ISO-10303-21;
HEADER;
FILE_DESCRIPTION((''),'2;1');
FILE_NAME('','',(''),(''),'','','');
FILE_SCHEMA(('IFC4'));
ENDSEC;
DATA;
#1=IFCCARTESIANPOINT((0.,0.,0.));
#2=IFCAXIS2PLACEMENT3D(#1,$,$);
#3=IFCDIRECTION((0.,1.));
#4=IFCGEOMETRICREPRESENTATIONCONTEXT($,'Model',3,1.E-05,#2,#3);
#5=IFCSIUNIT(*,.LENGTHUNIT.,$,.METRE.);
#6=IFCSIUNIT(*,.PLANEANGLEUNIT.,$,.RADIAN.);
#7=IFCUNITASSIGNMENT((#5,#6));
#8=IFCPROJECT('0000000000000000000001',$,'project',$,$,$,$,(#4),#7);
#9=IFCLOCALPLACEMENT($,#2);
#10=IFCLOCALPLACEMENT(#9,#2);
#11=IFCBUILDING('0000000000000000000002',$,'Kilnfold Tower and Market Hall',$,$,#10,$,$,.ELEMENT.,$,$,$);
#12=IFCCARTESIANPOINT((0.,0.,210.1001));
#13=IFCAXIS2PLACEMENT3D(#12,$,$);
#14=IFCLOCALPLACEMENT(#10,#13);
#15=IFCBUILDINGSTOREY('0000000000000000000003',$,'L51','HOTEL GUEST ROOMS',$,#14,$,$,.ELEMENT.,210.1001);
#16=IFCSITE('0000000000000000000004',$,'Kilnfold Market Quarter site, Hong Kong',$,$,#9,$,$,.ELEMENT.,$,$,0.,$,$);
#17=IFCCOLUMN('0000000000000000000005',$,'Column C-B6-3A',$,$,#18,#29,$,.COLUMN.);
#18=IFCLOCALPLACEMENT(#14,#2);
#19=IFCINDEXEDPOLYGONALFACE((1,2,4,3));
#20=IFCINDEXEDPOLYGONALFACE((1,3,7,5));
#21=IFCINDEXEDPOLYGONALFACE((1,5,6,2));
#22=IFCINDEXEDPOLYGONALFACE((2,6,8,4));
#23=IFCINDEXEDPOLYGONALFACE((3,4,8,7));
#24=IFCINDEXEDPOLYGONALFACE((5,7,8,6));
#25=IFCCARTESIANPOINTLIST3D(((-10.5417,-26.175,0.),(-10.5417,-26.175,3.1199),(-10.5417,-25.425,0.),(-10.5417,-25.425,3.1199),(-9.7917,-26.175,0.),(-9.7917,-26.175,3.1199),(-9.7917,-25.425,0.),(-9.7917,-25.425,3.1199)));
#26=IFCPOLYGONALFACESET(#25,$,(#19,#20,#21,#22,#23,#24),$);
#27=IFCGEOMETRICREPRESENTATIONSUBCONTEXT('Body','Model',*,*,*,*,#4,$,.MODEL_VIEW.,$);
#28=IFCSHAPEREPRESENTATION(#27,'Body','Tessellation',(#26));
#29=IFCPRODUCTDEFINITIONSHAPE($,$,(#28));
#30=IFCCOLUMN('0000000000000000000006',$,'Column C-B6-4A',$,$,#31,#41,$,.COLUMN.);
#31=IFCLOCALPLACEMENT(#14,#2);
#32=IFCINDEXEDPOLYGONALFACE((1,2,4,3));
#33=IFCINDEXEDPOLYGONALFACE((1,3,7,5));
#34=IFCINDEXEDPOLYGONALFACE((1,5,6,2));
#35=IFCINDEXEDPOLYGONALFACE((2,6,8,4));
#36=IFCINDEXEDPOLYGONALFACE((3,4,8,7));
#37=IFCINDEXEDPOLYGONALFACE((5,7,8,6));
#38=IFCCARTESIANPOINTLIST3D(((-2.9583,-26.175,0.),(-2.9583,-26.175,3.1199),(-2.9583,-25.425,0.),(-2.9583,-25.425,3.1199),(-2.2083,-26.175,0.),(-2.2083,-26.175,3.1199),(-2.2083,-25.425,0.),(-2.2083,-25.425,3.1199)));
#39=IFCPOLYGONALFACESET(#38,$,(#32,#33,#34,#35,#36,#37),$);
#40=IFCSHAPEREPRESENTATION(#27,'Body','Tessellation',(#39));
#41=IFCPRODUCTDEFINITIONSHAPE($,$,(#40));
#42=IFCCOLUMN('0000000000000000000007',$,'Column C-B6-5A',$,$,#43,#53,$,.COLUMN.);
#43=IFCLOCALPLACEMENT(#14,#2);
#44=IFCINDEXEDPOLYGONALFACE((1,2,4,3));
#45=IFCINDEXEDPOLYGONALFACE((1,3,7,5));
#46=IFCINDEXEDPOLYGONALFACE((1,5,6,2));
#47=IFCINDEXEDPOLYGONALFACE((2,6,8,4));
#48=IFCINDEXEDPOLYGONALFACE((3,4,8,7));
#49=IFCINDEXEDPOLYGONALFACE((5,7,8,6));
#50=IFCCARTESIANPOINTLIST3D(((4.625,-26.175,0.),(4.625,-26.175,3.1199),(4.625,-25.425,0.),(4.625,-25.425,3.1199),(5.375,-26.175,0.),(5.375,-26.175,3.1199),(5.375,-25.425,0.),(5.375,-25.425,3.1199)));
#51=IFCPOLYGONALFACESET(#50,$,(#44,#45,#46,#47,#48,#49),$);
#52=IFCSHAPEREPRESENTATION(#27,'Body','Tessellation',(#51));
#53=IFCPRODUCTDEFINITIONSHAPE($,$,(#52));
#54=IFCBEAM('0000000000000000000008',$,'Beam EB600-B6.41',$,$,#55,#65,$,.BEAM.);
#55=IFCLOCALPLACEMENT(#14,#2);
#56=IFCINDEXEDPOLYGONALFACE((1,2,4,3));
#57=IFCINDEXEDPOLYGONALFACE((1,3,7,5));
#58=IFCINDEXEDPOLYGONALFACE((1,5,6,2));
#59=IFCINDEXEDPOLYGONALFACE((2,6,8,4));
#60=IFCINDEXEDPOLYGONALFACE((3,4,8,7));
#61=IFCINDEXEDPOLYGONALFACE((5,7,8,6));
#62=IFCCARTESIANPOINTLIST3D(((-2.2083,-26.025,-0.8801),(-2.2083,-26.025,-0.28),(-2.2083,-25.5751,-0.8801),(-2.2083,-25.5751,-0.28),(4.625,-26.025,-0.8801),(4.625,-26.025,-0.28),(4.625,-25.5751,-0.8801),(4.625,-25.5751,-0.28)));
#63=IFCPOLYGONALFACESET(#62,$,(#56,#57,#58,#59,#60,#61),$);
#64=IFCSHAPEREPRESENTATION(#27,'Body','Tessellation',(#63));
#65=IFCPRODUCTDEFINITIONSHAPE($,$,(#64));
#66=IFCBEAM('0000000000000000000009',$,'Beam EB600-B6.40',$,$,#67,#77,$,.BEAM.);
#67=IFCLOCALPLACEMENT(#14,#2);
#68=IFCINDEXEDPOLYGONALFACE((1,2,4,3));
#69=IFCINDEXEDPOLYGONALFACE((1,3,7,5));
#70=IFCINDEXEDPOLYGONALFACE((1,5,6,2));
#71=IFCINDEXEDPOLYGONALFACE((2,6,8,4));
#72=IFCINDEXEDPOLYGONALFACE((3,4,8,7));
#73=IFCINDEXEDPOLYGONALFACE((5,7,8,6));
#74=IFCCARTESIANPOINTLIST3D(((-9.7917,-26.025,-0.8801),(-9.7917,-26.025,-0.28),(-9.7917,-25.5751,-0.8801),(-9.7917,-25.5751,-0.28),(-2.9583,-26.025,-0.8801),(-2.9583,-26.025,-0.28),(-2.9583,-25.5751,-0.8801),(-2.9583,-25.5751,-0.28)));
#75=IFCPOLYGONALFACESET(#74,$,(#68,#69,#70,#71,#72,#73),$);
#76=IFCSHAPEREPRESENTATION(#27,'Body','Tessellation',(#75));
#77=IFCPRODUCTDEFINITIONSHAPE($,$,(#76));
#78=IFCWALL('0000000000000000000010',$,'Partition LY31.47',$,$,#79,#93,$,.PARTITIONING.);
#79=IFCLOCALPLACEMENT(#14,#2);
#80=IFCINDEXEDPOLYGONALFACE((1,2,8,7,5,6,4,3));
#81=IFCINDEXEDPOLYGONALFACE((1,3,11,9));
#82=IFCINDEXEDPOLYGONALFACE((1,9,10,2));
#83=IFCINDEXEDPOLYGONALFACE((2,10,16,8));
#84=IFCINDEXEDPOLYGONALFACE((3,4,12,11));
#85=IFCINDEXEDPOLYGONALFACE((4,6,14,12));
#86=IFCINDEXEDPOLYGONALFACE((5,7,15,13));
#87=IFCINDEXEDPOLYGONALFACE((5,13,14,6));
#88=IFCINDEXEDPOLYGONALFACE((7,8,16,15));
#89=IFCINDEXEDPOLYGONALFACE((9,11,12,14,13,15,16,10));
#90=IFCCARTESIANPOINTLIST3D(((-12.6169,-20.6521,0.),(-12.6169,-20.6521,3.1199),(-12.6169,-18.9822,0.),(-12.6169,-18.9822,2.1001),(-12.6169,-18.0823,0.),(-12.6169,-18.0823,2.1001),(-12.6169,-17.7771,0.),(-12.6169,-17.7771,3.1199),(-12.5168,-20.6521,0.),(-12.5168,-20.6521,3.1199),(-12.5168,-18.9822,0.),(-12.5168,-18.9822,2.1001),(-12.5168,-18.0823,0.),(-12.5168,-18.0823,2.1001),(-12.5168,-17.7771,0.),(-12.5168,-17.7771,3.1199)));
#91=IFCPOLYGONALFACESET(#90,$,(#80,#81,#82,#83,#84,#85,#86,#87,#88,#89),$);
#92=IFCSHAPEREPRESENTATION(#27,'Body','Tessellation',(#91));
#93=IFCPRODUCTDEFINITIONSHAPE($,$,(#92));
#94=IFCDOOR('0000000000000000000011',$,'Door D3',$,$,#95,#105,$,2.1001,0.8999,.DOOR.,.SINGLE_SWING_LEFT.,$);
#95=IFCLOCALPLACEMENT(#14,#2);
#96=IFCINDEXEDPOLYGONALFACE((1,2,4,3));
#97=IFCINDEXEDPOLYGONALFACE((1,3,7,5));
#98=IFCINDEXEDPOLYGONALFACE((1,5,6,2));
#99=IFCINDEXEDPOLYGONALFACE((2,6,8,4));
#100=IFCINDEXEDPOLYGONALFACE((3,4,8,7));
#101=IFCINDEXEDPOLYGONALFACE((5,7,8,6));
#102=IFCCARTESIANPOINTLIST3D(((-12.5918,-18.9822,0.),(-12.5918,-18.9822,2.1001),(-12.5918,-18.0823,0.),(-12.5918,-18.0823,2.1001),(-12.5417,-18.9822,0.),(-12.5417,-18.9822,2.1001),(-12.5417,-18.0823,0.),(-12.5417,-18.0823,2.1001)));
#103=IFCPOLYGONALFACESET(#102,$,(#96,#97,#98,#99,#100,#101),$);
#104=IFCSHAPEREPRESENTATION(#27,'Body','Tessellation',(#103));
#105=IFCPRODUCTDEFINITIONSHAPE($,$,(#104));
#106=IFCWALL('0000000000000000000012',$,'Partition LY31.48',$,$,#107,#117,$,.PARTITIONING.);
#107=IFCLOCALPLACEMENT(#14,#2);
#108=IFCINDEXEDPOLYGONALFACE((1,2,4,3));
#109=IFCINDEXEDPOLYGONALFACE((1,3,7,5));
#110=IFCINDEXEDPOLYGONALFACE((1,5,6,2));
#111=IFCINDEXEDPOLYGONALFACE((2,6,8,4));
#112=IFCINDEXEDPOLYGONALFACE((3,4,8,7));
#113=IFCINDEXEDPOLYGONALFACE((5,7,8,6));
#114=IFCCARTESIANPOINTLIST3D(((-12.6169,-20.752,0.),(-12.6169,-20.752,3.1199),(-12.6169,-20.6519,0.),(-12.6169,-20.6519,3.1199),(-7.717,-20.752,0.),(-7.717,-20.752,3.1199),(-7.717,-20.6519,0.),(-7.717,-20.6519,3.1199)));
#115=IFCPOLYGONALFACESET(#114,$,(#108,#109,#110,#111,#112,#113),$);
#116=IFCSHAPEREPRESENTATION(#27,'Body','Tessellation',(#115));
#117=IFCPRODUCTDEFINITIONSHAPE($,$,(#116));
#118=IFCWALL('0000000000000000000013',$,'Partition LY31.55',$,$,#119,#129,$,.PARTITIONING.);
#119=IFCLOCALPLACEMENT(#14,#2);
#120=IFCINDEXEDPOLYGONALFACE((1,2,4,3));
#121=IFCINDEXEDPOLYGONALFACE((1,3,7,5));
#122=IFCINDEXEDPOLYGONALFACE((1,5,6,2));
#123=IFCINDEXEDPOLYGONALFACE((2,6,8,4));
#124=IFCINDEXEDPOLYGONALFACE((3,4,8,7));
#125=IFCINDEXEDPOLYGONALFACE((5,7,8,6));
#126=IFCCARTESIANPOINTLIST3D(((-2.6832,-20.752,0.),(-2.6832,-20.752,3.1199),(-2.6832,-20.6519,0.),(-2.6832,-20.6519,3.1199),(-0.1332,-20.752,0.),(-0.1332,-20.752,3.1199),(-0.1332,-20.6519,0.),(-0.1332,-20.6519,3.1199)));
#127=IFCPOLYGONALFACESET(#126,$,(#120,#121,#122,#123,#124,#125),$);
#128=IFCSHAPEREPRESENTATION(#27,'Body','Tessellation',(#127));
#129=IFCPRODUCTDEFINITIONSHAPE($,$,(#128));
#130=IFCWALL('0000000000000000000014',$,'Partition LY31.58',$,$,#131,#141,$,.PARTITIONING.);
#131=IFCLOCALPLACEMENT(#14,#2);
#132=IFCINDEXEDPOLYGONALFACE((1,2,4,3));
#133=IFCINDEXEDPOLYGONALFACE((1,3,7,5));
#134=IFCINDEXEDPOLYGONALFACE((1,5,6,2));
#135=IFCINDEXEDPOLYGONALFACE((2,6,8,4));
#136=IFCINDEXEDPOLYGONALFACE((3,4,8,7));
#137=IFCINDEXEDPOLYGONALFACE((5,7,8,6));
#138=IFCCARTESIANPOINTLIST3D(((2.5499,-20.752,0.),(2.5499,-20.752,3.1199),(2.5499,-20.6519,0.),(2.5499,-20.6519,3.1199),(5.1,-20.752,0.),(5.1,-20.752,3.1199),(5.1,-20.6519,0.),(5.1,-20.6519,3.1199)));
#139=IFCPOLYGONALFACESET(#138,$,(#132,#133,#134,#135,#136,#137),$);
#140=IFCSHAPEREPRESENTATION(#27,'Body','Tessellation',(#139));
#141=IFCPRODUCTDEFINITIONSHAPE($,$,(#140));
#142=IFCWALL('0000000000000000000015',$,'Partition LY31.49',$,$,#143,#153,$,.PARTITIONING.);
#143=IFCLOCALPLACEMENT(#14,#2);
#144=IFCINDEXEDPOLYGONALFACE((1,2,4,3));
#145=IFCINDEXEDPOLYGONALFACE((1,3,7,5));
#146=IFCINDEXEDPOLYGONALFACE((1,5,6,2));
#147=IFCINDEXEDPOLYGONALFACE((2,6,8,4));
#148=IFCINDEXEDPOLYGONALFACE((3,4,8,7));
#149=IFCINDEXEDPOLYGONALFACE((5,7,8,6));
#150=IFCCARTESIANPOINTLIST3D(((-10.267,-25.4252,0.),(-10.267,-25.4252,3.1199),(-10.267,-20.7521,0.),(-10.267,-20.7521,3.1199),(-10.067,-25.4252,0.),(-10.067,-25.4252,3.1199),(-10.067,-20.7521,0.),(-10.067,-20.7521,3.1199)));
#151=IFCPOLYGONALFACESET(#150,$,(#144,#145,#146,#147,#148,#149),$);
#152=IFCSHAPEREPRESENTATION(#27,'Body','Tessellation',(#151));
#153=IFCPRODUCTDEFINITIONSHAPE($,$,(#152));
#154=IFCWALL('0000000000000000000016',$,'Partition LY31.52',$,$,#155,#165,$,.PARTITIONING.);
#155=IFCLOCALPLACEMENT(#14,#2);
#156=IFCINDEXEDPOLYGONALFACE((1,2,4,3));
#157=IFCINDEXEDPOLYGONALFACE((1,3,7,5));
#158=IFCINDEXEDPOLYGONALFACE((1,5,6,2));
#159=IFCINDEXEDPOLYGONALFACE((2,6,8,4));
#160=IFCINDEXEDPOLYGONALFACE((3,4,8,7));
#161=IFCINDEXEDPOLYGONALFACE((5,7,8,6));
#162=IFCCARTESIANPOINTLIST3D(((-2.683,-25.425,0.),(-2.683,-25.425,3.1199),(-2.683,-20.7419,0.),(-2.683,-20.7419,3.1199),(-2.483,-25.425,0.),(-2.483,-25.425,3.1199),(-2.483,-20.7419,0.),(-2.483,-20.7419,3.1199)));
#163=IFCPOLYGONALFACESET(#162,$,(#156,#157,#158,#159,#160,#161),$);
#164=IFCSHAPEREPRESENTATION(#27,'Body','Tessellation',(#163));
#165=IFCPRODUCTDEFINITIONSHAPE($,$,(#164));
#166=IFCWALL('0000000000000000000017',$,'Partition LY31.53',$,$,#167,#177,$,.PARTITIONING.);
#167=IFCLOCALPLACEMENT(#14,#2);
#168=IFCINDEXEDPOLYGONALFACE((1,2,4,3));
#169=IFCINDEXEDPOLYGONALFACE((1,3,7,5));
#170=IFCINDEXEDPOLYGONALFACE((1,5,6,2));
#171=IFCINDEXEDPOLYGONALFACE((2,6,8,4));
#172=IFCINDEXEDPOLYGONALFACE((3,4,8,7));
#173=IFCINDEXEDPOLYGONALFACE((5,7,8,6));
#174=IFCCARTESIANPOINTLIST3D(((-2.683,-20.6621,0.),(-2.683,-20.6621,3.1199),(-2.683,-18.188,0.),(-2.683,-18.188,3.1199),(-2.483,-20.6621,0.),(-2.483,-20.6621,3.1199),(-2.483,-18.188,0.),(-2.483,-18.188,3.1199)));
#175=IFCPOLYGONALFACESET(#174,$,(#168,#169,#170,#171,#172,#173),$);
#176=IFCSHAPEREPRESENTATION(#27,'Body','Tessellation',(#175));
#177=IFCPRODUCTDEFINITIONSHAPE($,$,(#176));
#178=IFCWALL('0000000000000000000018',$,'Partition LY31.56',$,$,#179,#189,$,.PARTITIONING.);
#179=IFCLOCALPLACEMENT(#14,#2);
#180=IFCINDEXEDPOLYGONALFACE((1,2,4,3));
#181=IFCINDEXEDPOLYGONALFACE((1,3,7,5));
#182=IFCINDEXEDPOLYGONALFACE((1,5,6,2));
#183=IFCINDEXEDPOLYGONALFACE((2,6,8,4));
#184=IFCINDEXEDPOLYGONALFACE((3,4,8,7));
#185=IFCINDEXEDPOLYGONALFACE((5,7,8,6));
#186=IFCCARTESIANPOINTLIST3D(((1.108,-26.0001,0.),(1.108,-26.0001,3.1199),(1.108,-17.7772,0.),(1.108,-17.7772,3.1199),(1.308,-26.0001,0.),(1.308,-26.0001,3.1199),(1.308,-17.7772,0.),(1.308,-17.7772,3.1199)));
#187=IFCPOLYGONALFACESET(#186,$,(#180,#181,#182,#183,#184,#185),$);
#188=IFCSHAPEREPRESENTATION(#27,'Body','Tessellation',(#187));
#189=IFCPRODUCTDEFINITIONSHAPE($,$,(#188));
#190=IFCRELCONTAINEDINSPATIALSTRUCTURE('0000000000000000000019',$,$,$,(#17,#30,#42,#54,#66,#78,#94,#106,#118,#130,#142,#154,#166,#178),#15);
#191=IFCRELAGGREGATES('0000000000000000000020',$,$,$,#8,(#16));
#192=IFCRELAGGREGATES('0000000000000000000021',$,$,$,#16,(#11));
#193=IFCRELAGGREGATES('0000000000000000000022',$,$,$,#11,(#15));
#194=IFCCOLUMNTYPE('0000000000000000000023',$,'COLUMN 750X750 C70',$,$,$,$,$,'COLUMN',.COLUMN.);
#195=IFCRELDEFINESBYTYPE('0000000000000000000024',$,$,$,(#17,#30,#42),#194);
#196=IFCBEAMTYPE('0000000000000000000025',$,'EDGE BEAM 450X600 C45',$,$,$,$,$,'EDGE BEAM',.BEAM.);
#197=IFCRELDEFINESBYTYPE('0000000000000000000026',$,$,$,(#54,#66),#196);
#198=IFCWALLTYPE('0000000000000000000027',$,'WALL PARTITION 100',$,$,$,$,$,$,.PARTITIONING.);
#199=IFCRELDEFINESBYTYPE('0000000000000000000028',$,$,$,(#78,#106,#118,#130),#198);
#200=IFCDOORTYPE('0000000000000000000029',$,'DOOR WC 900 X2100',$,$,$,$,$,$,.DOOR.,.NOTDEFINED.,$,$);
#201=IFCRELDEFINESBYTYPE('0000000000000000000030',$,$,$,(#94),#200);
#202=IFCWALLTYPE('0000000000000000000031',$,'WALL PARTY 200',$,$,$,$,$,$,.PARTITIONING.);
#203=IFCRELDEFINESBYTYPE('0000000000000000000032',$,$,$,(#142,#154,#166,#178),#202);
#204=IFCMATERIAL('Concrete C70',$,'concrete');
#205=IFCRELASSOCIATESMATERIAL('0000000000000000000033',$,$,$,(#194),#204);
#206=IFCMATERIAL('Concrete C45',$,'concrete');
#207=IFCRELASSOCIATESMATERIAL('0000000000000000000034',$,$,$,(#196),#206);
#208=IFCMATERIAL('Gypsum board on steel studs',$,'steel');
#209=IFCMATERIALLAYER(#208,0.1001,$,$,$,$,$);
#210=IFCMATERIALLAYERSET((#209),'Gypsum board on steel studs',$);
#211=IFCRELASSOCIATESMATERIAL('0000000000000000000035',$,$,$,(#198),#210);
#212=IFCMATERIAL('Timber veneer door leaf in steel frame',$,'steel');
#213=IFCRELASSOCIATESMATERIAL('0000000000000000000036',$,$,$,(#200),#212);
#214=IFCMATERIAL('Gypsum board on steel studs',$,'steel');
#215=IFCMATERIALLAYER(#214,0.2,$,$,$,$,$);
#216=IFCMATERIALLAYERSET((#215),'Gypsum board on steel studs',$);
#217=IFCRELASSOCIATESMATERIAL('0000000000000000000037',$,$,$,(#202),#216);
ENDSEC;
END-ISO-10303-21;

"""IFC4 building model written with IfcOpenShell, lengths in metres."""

from ifc_helpers import new_model, si_unit, direction, frame, frame_2d, origin, origin_2d, place, context, subcontext, project, spatial, rectangle, extrude, source, transform, mapped, material, layer, layer_set, material_profile, profile_set, type_object, element, fill, save


model = new_model("IFC4")

# Units and contexts
model_context = context("Model", 3, precision=1e-05, world=origin(), true_north=direction((0.0, 1.0)))
body_context = subcontext(model_context, "Body", "Model", "MODEL_VIEW")
ifc_project = project(units=[si_unit("LENGTHUNIT", "METRE"), si_unit("PLANEANGLEUNIT", "RADIAN")], contexts=[model_context])

# Site, building, storey
site_placement = place(None, origin())
site = spatial("IfcSite", under=ifc_project, at=site_placement, Name="Kilnfold Market Quarter site, Hong Kong", CompositionType="ELEMENT", RefElevation=0.0)
building_placement = place(site_placement, origin())
building = spatial("IfcBuilding", under=site, at=building_placement, Name="Kilnfold Tower and Market Hall", CompositionType="ELEMENT")
storey_placement = place(building_placement, frame((0.0, 0.0, 210.1001)))
storey = spatial("IfcBuildingStorey", under=building, at=storey_placement, Name="L51", Description="HOTEL GUEST ROOMS", CompositionType="ELEMENT", Elevation=210.1001)

# Columns
ifc_material_1 = material(Name="Concrete C70", Category="concrete")
ifc_material_profile_1 = material_profile(ifc_material_1, rectangle(XDim=0.75, YDim=0.75, at=origin_2d()), Name="RC 750x750")
ifc_profile_set_1 = profile_set([ifc_material_profile_1], Name="Concrete C70")
column_type = type_object("IfcColumnType", Name="COLUMN 750X750 C70", ElementType="COLUMN", PredefinedType="COLUMN", material=ifc_profile_set_1)
shared_shape_1 = source(origin(), body_context, "Body", "SweptSolid", [
    extrude(rectangle(XDim=0.75, YDim=0.75, at=origin_2d()), origin(), (0.0, 0.0, 1.0), 3.1199),
])
for number, where, z_axis, x_axis, name in (
    (1, (-10.1667, -25.8, 0.0), (0.0, 0.0, 1.0), (1.0, 0.0, 0.0), "Column C-B6-3A"),
    (2, (-2.5833, -25.8, 0.0), (0.0, 0.0, 1.0), (1.0, 0.0, 0.0), "Column C-B6-4A"),
    (3, (5.0, -25.8, 0.0), (0.0, 0.0, 1.0), (1.0, 0.0, 0.0), "Column C-B6-5A"),
):
    element("IfcColumn", number, at=place(storey_placement, frame(where, z_axis=z_axis, x_axis=x_axis)), inside=storey, type_object=column_type, Name=name, PredefinedType="COLUMN", context=body_context, shape_type="MappedRepresentation", body=[
        mapped(shared_shape_1, transform((0.0, 0.0, 0.0))),
    ])

# Beams
ifc_material_2 = material(Name="Concrete C45", Category="concrete")
ifc_material_profile_2 = material_profile(ifc_material_2, rectangle(XDim=0.45, YDim=0.6001, at=origin_2d()), Name="RC 450x600")
ifc_profile_set_2 = profile_set([ifc_material_profile_2], Name="Concrete C45")
beam_type = type_object("IfcBeamType", Name="EDGE BEAM 450X600 C45", ElementType="EDGE BEAM", PredefinedType="BEAM", material=ifc_profile_set_2)
shared_shape_2 = source(origin(), body_context, "Body", "SweptSolid", [
    extrude(rectangle(XDim=0.45, YDim=0.6001, at=origin_2d()), origin(), (0.0, 0.0, 1.0), 6.8333),
])
beam_1_placement = place(storey_placement, frame((-2.2083, -25.8, -0.5801), z_axis=(1.0, 0.0, 0.0), x_axis=(0.0, 1.0, 0.0)))
element("IfcBeam", 4, at=beam_1_placement, inside=storey, type_object=beam_type, Name="Beam EB600-B6.41", PredefinedType="BEAM", context=body_context, shape_type="MappedRepresentation", body=[
    mapped(shared_shape_2, transform((0.0, 0.0, 0.0))),
])
shared_shape_3 = source(origin(), body_context, "Body", "SweptSolid", [
    extrude(rectangle(XDim=0.45, YDim=0.6001, at=origin_2d()), origin(), (0.0, 0.0, 1.0), 6.8335),
])
beam_2_placement = place(storey_placement, frame((-9.7917, -25.8, -0.5801), z_axis=(1.0, 0.0, 0.0), x_axis=(0.0, 1.0, 0.0)))
element("IfcBeam", 5, at=beam_2_placement, inside=storey, type_object=beam_type, Name="Beam EB600-B6.40", PredefinedType="BEAM", context=body_context, shape_type="MappedRepresentation", body=[
    mapped(shared_shape_3, transform((0.0, 0.0, 0.0))),
])

# Wall, opening, door
ifc_material_3 = material(Name="Gypsum board on steel studs", Category="steel")
ifc_layer_1 = layer(ifc_material_3, 0.1001)
ifc_layer_set_1 = layer_set([ifc_layer_1], Name="Gypsum board on steel studs")
wall_type_1 = type_object("IfcWallType", Name="WALL PARTITION 100", PredefinedType="PARTITIONING", material=ifc_layer_set_1)
wall_1_placement = place(storey_placement, frame((-12.5669, -20.6521, 0.0), z_axis=(0.0, 0.0, 1.0), x_axis=(0.0, 1.0, 0.0)))
wall_1 = element("IfcWall", 6, at=wall_1_placement, inside=storey, type_object=wall_type_1, Name="Partition LY31.47", PredefinedType="PARTITIONING", context=body_context, shape_type="SweptSolid", body=[
    extrude(rectangle(XDim=2.875, YDim=0.1001, at=frame_2d((1.4375, 0.0))), origin(), (0.0, 0.0, 1.0), 3.1199),
])
opening_1_placement = place(wall_1_placement, frame((1.6699, 0.0, 0.0)))
opening_1 = element("IfcOpeningElement", 7, at=opening_1_placement, cuts=wall_1, PredefinedType="OPENING", context=body_context, shape_type="SweptSolid", body=[
    extrude(rectangle(XDim=0.8999, YDim=2.1001, at=frame_2d((0.45, 1.05))), frame((0.0, 0.0601, 0.0), z_axis=(0.0, -1.0, 0.0), x_axis=(1.0, 0.0, 0.0)), (0.0, 0.0, 1.0), 0.1201),
])
ifc_material_4 = material(Name="Timber veneer door leaf in steel frame", Category="steel")
door_type = type_object("IfcDoorType", Name="DOOR WC 900 X2100", OperationType="NOTDEFINED", PredefinedType="DOOR", material=ifc_material_4)
door_placement = place(opening_1_placement, origin())
door = element("IfcDoor", 8, at=door_placement, inside=storey, type_object=door_type, Name="Door D3", OperationType="SINGLE_SWING_LEFT", OverallHeight=2.1001, OverallWidth=0.8999, PredefinedType="DOOR", context=body_context, shape_type="SweptSolid", body=[
    extrude(rectangle(XDim=0.8999, YDim=2.1001, at=frame_2d((0.45, 1.05))), frame((0.0, 0.0249, 0.0), z_axis=(0.0, -1.0, 0.0), x_axis=(1.0, 0.0, 0.0)), (0.0, 0.0, 1.0), 0.05),
])
fill(opening_1, door)

# Walls
wall_2_placement = place(storey_placement, frame((-12.6169, -20.7019, 0.0), z_axis=(0.0, 0.0, 1.0), x_axis=(1.0, 0.0, 0.0)))
element("IfcWall", 9, at=wall_2_placement, inside=storey, type_object=wall_type_1, Name="Partition LY31.48", PredefinedType="PARTITIONING", context=body_context, shape_type="SweptSolid", body=[
    extrude(rectangle(XDim=4.8999, YDim=0.1001, at=frame_2d((2.45, 0.0))), origin(), (0.0, 0.0, 1.0), 3.1199),
])
for number, where, z_axis, x_axis, name in (
    (10, (-2.6831, -20.7019, 0.0), (0.0, 0.0, 1.0), (1.0, 0.0, 0.0), "Partition LY31.55"),
    (11, (2.55, -20.7019, 0.0), (0.0, 0.0, 1.0), (1.0, 0.0, 0.0), "Partition LY31.58"),
):
    element("IfcWall", number, at=place(storey_placement, frame(where, z_axis=z_axis, x_axis=x_axis)), inside=storey, type_object=wall_type_1, Name=name, PredefinedType="PARTITIONING", context=body_context, shape_type="SweptSolid", body=[
        extrude(rectangle(XDim=2.55, YDim=0.1001, at=frame_2d((1.2749, 0.0))), origin(), (0.0, 0.0, 1.0), 3.1199),
    ])
ifc_material_5 = material(Name="Gypsum board on steel studs", Category="steel")
ifc_layer_2 = layer(ifc_material_5, 0.2)
ifc_layer_set_2 = layer_set([ifc_layer_2], Name="Gypsum board on steel studs")
wall_type_2 = type_object("IfcWallType", Name="WALL PARTY 200", PredefinedType="PARTITIONING", material=ifc_layer_set_2)
wall_3_placement = place(storey_placement, frame((-10.167, -25.425, 0.0), z_axis=(0.0, 0.0, 1.0), x_axis=(0.0, 1.0, 0.0)))
element("IfcWall", 12, at=wall_3_placement, inside=storey, type_object=wall_type_2, Name="Partition LY31.49", PredefinedType="PARTITIONING", context=body_context, shape_type="SweptSolid", body=[
    extrude(rectangle(XDim=4.6731, YDim=0.2, at=frame_2d((2.3364, 0.0))), origin(), (0.0, 0.0, 1.0), 3.1199),
])
wall_4_placement = place(storey_placement, frame((-2.583, -25.425, 0.0), z_axis=(0.0, 0.0, 1.0), x_axis=(0.0, 1.0, 0.0)))
element("IfcWall", 13, at=wall_4_placement, inside=storey, type_object=wall_type_2, Name="Partition LY31.52", PredefinedType="PARTITIONING", context=body_context, shape_type="SweptSolid", body=[
    extrude(rectangle(XDim=4.6831, YDim=0.2, at=frame_2d((2.3416, 0.0))), origin(), (0.0, 0.0, 1.0), 3.1199),
])
wall_5_placement = place(storey_placement, frame((-2.583, -20.6621, 0.0), z_axis=(0.0, 0.0, 1.0), x_axis=(0.0, 1.0, 0.0)))
element("IfcWall", 14, at=wall_5_placement, inside=storey, type_object=wall_type_2, Name="Partition LY31.53", PredefinedType="PARTITIONING", context=body_context, shape_type="SweptSolid", body=[
    extrude(rectangle(XDim=2.4741, YDim=0.2, at=frame_2d((1.2371, 0.0))), origin(), (0.0, 0.0, 1.0), 3.1199),
])
wall_6_placement = place(storey_placement, frame((1.208, -26.0, 0.0), z_axis=(0.0, 0.0, 1.0), x_axis=(0.0, 1.0, 0.0)))
element("IfcWall", 15, at=wall_6_placement, inside=storey, type_object=wall_type_2, Name="Partition LY31.56", PredefinedType="PARTITIONING", context=body_context, shape_type="SweptSolid", body=[
    extrude(rectangle(XDim=8.2229, YDim=0.2, at=frame_2d((4.1113, 0.0))), origin(), (0.0, 0.0, 1.0), 3.1199),
])

save(model, "model.ifc")
